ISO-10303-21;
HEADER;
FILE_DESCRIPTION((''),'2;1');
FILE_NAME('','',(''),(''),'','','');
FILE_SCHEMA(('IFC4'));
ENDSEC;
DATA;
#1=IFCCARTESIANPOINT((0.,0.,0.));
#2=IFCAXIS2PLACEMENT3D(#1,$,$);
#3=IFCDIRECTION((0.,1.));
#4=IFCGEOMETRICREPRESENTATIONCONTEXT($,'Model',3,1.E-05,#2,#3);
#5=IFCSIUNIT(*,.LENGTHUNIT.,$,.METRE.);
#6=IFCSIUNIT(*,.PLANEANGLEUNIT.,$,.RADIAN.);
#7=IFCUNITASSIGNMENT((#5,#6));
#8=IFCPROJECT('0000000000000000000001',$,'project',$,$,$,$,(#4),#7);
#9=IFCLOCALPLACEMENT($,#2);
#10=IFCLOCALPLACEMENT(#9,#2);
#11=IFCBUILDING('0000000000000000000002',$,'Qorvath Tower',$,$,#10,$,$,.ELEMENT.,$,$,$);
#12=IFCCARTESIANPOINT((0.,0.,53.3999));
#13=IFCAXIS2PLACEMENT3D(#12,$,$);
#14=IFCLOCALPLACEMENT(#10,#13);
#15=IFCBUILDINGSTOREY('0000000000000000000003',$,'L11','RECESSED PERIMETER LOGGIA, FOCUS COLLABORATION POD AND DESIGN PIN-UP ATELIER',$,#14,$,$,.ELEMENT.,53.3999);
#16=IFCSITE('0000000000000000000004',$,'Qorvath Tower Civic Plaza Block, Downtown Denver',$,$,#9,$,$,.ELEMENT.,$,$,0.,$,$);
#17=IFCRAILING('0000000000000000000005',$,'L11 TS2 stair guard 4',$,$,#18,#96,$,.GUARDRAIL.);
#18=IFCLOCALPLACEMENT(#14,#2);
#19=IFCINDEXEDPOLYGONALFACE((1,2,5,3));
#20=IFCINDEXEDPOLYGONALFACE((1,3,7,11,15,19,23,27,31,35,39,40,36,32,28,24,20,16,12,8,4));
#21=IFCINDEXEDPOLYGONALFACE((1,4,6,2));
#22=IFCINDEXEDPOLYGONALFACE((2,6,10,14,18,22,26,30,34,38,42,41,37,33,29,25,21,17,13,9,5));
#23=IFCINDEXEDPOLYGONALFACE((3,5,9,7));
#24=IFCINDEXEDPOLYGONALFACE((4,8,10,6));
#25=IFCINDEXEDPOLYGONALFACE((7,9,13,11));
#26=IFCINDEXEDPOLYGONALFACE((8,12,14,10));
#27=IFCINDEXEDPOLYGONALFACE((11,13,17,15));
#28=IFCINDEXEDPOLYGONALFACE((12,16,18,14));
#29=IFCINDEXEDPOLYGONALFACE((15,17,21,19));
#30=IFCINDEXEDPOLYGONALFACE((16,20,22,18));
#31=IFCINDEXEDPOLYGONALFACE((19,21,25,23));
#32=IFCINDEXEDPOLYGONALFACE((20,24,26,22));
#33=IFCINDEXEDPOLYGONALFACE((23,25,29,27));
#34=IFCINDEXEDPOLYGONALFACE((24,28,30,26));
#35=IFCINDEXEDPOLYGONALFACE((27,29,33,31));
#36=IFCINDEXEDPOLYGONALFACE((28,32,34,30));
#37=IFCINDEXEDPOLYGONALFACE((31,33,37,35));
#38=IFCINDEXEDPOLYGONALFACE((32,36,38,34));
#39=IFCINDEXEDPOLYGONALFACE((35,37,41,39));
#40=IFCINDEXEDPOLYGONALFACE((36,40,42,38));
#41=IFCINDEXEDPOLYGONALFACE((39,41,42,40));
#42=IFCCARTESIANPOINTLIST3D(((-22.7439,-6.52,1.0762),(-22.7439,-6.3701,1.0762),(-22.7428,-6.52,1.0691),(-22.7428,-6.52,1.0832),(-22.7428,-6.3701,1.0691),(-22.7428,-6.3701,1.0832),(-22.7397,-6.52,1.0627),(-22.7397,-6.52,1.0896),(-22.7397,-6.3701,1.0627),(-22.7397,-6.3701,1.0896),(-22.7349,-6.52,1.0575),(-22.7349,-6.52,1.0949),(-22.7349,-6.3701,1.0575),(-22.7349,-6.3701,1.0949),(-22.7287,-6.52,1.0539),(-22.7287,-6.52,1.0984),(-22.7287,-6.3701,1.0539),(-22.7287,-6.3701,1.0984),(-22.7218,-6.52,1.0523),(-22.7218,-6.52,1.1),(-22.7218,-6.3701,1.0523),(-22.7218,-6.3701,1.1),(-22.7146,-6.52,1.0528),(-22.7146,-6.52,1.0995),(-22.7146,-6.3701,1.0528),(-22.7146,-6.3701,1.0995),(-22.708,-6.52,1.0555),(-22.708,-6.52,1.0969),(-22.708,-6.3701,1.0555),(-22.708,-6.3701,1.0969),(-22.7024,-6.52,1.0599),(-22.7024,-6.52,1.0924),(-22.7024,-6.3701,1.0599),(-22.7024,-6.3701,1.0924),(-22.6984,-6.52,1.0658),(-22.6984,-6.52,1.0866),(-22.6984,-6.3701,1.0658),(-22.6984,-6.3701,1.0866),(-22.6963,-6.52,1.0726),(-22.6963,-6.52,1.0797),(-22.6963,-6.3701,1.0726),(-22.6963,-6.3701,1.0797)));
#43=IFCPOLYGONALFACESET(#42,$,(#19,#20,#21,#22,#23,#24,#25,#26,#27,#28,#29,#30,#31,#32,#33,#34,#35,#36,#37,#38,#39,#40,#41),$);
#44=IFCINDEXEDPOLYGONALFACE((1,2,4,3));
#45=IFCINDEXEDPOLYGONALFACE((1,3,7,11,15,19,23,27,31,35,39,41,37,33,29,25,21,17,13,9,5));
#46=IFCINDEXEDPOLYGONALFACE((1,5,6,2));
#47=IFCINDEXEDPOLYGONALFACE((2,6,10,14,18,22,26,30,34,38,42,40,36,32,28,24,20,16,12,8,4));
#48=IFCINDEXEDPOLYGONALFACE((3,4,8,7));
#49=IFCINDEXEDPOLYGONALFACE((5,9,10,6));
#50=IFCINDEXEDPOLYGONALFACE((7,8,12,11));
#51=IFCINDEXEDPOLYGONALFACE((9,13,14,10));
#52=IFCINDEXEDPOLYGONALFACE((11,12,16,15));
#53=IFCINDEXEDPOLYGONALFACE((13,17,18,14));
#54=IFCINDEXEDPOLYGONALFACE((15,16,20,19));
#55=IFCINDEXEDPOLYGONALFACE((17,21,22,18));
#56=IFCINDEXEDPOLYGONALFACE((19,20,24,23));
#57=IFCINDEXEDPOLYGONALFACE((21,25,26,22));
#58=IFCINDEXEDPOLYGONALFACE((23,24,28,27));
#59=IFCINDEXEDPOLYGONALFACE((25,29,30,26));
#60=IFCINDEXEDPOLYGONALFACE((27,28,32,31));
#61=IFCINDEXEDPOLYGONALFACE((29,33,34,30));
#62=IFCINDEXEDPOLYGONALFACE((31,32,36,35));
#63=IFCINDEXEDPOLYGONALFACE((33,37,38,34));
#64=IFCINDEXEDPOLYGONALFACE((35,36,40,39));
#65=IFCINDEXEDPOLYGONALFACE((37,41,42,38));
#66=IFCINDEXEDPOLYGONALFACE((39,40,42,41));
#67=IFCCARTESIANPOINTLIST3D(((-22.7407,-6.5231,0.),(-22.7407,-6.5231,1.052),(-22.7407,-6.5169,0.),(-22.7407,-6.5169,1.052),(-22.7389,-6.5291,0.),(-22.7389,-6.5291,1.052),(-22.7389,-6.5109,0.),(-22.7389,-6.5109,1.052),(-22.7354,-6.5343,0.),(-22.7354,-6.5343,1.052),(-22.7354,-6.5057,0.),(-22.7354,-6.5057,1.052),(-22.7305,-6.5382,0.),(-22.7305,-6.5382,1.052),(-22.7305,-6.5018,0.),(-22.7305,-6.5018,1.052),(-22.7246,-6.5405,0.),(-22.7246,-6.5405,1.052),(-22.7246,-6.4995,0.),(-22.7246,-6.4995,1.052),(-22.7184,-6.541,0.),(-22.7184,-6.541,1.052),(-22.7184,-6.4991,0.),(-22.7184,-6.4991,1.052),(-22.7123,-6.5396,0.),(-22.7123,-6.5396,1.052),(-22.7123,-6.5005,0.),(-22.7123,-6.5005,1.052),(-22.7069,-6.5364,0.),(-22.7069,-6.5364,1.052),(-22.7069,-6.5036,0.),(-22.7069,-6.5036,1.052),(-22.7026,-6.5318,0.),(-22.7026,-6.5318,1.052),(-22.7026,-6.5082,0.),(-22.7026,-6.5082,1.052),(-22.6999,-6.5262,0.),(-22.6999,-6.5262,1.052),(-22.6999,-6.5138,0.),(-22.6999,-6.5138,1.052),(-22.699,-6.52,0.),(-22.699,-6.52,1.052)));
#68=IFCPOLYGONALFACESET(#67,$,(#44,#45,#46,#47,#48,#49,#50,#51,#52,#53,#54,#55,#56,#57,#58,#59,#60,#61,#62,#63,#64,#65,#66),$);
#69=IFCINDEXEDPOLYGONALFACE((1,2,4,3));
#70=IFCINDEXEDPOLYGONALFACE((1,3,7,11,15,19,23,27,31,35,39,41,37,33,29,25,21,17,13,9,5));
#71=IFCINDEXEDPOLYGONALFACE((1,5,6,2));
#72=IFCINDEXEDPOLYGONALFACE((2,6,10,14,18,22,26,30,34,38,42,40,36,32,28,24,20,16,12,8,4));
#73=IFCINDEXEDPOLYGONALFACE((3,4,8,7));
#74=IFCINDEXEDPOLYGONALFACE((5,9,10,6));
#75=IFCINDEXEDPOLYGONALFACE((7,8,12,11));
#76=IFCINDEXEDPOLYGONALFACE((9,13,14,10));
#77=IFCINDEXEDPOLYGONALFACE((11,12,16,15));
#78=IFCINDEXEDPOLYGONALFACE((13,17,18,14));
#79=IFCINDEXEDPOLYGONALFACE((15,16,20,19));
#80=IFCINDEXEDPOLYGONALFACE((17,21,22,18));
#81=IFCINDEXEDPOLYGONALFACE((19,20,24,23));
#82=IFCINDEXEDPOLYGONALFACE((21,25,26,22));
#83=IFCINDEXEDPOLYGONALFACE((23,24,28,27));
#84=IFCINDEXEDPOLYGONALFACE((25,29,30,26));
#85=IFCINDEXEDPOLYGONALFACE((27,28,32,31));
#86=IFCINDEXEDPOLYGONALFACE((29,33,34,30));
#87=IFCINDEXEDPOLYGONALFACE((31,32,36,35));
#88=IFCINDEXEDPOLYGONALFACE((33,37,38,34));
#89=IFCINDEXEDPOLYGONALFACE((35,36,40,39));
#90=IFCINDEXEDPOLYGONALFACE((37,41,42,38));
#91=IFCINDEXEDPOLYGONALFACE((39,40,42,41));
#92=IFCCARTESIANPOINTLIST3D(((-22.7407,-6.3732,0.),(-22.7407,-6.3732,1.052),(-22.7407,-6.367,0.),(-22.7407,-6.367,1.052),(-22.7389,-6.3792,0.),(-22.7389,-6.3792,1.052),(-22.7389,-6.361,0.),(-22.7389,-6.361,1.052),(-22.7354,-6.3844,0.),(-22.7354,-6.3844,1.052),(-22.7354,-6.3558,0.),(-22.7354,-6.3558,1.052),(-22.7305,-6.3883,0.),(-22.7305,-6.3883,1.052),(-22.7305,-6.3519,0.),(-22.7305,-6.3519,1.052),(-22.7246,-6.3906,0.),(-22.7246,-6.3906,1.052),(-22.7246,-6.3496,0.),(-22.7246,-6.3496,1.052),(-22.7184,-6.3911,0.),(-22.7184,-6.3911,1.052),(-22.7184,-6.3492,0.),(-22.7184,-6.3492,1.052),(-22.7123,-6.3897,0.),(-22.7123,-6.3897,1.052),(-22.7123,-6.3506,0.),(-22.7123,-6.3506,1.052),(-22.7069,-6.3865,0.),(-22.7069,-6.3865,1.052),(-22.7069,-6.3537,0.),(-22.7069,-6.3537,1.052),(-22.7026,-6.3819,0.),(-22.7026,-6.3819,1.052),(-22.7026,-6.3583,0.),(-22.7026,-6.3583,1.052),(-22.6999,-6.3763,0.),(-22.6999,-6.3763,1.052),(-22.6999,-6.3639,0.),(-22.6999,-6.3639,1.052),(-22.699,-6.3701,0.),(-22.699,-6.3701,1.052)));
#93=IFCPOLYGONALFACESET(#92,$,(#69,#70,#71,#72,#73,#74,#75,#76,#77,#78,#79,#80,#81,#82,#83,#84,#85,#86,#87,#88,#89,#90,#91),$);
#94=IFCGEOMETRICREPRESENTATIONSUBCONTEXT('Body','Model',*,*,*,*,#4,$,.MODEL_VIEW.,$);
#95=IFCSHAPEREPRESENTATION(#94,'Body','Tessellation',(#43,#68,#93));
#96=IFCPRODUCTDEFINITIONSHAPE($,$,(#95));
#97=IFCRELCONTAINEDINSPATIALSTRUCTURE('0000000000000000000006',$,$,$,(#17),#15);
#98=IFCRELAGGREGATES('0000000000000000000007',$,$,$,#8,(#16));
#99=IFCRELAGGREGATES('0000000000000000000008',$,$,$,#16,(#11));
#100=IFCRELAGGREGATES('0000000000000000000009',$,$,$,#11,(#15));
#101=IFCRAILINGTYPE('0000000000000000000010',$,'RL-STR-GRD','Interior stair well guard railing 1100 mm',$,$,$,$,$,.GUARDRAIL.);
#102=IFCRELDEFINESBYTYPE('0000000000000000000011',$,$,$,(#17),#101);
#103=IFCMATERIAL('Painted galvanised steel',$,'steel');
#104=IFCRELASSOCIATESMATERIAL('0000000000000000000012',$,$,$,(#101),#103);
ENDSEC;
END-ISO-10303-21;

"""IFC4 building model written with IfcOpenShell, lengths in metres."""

from ifc_helpers import new_model, si_unit, direction, frame, origin, origin_2d, place, context, subcontext, project, spatial, circle, extrude, material, type_object, element, save


model = new_model("IFC4")

# Units and contexts
model_context = context("Model", 3, precision=1e-05, world=origin(), true_north=direction((0.0, 1.0)))
body_context = subcontext(model_context, "Body", "Model", "MODEL_VIEW")
ifc_project = project(units=[si_unit("LENGTHUNIT", "METRE"), si_unit("PLANEANGLEUNIT", "RADIAN")], contexts=[model_context])

# Site, building, storey
site_placement = place(None, origin())
site = spatial("IfcSite", under=ifc_project, at=site_placement, Name="Qorvath Tower Civic Plaza Block, Downtown Denver", CompositionType="ELEMENT", RefElevation=0.0)
building_placement = place(site_placement, origin())
building = spatial("IfcBuilding", under=site, at=building_placement, Name="Qorvath Tower", CompositionType="ELEMENT")
storey_placement = place(building_placement, frame((0.0, 0.0, 53.3999)))
storey = spatial("IfcBuildingStorey", under=building, at=storey_placement, Name="L11", Description="RECESSED PERIMETER LOGGIA, FOCUS COLLABORATION POD AND DESIGN PIN-UP ATELIER", CompositionType="ELEMENT", Elevation=53.3999)

# Railing
ifc_material_1 = material(Name="Painted galvanised steel", Category="steel")
railing_type_1 = type_object("IfcRailingType", Name="RL-STR-GRD", Description="Interior stair well guard railing 1100 mm", PredefinedType="GUARDRAIL", material=ifc_material_1)
railing_1_placement = place(storey_placement, frame((-22.72, -6.52, 0.0)))
element("IfcRailing", 1, at=railing_1_placement, inside=storey, type_object=railing_type_1, Name="L11 TS2 stair guard 4", PredefinedType="GUARDRAIL", context=body_context, shape_type="SweptSolid", body=[
    extrude(circle(Radius=0.0239, at=origin_2d()), frame((0.0, 0.0, 1.0762), z_axis=(0.0, 1.0, 0.0), x_axis=(-1.0, 0.0, 0.0)), (0.0, 0.0, 1.0), 0.1499),
    extrude(circle(Radius=0.021, at=origin_2d()), origin(), (0.0, 0.0, 1.0), 1.052),
    extrude(circle(Radius=0.021, at=origin_2d()), frame((0.0, 0.1499, 0.0)), (0.0, 0.0, 1.0), 1.052),
])

save(model, "model.ifc")
